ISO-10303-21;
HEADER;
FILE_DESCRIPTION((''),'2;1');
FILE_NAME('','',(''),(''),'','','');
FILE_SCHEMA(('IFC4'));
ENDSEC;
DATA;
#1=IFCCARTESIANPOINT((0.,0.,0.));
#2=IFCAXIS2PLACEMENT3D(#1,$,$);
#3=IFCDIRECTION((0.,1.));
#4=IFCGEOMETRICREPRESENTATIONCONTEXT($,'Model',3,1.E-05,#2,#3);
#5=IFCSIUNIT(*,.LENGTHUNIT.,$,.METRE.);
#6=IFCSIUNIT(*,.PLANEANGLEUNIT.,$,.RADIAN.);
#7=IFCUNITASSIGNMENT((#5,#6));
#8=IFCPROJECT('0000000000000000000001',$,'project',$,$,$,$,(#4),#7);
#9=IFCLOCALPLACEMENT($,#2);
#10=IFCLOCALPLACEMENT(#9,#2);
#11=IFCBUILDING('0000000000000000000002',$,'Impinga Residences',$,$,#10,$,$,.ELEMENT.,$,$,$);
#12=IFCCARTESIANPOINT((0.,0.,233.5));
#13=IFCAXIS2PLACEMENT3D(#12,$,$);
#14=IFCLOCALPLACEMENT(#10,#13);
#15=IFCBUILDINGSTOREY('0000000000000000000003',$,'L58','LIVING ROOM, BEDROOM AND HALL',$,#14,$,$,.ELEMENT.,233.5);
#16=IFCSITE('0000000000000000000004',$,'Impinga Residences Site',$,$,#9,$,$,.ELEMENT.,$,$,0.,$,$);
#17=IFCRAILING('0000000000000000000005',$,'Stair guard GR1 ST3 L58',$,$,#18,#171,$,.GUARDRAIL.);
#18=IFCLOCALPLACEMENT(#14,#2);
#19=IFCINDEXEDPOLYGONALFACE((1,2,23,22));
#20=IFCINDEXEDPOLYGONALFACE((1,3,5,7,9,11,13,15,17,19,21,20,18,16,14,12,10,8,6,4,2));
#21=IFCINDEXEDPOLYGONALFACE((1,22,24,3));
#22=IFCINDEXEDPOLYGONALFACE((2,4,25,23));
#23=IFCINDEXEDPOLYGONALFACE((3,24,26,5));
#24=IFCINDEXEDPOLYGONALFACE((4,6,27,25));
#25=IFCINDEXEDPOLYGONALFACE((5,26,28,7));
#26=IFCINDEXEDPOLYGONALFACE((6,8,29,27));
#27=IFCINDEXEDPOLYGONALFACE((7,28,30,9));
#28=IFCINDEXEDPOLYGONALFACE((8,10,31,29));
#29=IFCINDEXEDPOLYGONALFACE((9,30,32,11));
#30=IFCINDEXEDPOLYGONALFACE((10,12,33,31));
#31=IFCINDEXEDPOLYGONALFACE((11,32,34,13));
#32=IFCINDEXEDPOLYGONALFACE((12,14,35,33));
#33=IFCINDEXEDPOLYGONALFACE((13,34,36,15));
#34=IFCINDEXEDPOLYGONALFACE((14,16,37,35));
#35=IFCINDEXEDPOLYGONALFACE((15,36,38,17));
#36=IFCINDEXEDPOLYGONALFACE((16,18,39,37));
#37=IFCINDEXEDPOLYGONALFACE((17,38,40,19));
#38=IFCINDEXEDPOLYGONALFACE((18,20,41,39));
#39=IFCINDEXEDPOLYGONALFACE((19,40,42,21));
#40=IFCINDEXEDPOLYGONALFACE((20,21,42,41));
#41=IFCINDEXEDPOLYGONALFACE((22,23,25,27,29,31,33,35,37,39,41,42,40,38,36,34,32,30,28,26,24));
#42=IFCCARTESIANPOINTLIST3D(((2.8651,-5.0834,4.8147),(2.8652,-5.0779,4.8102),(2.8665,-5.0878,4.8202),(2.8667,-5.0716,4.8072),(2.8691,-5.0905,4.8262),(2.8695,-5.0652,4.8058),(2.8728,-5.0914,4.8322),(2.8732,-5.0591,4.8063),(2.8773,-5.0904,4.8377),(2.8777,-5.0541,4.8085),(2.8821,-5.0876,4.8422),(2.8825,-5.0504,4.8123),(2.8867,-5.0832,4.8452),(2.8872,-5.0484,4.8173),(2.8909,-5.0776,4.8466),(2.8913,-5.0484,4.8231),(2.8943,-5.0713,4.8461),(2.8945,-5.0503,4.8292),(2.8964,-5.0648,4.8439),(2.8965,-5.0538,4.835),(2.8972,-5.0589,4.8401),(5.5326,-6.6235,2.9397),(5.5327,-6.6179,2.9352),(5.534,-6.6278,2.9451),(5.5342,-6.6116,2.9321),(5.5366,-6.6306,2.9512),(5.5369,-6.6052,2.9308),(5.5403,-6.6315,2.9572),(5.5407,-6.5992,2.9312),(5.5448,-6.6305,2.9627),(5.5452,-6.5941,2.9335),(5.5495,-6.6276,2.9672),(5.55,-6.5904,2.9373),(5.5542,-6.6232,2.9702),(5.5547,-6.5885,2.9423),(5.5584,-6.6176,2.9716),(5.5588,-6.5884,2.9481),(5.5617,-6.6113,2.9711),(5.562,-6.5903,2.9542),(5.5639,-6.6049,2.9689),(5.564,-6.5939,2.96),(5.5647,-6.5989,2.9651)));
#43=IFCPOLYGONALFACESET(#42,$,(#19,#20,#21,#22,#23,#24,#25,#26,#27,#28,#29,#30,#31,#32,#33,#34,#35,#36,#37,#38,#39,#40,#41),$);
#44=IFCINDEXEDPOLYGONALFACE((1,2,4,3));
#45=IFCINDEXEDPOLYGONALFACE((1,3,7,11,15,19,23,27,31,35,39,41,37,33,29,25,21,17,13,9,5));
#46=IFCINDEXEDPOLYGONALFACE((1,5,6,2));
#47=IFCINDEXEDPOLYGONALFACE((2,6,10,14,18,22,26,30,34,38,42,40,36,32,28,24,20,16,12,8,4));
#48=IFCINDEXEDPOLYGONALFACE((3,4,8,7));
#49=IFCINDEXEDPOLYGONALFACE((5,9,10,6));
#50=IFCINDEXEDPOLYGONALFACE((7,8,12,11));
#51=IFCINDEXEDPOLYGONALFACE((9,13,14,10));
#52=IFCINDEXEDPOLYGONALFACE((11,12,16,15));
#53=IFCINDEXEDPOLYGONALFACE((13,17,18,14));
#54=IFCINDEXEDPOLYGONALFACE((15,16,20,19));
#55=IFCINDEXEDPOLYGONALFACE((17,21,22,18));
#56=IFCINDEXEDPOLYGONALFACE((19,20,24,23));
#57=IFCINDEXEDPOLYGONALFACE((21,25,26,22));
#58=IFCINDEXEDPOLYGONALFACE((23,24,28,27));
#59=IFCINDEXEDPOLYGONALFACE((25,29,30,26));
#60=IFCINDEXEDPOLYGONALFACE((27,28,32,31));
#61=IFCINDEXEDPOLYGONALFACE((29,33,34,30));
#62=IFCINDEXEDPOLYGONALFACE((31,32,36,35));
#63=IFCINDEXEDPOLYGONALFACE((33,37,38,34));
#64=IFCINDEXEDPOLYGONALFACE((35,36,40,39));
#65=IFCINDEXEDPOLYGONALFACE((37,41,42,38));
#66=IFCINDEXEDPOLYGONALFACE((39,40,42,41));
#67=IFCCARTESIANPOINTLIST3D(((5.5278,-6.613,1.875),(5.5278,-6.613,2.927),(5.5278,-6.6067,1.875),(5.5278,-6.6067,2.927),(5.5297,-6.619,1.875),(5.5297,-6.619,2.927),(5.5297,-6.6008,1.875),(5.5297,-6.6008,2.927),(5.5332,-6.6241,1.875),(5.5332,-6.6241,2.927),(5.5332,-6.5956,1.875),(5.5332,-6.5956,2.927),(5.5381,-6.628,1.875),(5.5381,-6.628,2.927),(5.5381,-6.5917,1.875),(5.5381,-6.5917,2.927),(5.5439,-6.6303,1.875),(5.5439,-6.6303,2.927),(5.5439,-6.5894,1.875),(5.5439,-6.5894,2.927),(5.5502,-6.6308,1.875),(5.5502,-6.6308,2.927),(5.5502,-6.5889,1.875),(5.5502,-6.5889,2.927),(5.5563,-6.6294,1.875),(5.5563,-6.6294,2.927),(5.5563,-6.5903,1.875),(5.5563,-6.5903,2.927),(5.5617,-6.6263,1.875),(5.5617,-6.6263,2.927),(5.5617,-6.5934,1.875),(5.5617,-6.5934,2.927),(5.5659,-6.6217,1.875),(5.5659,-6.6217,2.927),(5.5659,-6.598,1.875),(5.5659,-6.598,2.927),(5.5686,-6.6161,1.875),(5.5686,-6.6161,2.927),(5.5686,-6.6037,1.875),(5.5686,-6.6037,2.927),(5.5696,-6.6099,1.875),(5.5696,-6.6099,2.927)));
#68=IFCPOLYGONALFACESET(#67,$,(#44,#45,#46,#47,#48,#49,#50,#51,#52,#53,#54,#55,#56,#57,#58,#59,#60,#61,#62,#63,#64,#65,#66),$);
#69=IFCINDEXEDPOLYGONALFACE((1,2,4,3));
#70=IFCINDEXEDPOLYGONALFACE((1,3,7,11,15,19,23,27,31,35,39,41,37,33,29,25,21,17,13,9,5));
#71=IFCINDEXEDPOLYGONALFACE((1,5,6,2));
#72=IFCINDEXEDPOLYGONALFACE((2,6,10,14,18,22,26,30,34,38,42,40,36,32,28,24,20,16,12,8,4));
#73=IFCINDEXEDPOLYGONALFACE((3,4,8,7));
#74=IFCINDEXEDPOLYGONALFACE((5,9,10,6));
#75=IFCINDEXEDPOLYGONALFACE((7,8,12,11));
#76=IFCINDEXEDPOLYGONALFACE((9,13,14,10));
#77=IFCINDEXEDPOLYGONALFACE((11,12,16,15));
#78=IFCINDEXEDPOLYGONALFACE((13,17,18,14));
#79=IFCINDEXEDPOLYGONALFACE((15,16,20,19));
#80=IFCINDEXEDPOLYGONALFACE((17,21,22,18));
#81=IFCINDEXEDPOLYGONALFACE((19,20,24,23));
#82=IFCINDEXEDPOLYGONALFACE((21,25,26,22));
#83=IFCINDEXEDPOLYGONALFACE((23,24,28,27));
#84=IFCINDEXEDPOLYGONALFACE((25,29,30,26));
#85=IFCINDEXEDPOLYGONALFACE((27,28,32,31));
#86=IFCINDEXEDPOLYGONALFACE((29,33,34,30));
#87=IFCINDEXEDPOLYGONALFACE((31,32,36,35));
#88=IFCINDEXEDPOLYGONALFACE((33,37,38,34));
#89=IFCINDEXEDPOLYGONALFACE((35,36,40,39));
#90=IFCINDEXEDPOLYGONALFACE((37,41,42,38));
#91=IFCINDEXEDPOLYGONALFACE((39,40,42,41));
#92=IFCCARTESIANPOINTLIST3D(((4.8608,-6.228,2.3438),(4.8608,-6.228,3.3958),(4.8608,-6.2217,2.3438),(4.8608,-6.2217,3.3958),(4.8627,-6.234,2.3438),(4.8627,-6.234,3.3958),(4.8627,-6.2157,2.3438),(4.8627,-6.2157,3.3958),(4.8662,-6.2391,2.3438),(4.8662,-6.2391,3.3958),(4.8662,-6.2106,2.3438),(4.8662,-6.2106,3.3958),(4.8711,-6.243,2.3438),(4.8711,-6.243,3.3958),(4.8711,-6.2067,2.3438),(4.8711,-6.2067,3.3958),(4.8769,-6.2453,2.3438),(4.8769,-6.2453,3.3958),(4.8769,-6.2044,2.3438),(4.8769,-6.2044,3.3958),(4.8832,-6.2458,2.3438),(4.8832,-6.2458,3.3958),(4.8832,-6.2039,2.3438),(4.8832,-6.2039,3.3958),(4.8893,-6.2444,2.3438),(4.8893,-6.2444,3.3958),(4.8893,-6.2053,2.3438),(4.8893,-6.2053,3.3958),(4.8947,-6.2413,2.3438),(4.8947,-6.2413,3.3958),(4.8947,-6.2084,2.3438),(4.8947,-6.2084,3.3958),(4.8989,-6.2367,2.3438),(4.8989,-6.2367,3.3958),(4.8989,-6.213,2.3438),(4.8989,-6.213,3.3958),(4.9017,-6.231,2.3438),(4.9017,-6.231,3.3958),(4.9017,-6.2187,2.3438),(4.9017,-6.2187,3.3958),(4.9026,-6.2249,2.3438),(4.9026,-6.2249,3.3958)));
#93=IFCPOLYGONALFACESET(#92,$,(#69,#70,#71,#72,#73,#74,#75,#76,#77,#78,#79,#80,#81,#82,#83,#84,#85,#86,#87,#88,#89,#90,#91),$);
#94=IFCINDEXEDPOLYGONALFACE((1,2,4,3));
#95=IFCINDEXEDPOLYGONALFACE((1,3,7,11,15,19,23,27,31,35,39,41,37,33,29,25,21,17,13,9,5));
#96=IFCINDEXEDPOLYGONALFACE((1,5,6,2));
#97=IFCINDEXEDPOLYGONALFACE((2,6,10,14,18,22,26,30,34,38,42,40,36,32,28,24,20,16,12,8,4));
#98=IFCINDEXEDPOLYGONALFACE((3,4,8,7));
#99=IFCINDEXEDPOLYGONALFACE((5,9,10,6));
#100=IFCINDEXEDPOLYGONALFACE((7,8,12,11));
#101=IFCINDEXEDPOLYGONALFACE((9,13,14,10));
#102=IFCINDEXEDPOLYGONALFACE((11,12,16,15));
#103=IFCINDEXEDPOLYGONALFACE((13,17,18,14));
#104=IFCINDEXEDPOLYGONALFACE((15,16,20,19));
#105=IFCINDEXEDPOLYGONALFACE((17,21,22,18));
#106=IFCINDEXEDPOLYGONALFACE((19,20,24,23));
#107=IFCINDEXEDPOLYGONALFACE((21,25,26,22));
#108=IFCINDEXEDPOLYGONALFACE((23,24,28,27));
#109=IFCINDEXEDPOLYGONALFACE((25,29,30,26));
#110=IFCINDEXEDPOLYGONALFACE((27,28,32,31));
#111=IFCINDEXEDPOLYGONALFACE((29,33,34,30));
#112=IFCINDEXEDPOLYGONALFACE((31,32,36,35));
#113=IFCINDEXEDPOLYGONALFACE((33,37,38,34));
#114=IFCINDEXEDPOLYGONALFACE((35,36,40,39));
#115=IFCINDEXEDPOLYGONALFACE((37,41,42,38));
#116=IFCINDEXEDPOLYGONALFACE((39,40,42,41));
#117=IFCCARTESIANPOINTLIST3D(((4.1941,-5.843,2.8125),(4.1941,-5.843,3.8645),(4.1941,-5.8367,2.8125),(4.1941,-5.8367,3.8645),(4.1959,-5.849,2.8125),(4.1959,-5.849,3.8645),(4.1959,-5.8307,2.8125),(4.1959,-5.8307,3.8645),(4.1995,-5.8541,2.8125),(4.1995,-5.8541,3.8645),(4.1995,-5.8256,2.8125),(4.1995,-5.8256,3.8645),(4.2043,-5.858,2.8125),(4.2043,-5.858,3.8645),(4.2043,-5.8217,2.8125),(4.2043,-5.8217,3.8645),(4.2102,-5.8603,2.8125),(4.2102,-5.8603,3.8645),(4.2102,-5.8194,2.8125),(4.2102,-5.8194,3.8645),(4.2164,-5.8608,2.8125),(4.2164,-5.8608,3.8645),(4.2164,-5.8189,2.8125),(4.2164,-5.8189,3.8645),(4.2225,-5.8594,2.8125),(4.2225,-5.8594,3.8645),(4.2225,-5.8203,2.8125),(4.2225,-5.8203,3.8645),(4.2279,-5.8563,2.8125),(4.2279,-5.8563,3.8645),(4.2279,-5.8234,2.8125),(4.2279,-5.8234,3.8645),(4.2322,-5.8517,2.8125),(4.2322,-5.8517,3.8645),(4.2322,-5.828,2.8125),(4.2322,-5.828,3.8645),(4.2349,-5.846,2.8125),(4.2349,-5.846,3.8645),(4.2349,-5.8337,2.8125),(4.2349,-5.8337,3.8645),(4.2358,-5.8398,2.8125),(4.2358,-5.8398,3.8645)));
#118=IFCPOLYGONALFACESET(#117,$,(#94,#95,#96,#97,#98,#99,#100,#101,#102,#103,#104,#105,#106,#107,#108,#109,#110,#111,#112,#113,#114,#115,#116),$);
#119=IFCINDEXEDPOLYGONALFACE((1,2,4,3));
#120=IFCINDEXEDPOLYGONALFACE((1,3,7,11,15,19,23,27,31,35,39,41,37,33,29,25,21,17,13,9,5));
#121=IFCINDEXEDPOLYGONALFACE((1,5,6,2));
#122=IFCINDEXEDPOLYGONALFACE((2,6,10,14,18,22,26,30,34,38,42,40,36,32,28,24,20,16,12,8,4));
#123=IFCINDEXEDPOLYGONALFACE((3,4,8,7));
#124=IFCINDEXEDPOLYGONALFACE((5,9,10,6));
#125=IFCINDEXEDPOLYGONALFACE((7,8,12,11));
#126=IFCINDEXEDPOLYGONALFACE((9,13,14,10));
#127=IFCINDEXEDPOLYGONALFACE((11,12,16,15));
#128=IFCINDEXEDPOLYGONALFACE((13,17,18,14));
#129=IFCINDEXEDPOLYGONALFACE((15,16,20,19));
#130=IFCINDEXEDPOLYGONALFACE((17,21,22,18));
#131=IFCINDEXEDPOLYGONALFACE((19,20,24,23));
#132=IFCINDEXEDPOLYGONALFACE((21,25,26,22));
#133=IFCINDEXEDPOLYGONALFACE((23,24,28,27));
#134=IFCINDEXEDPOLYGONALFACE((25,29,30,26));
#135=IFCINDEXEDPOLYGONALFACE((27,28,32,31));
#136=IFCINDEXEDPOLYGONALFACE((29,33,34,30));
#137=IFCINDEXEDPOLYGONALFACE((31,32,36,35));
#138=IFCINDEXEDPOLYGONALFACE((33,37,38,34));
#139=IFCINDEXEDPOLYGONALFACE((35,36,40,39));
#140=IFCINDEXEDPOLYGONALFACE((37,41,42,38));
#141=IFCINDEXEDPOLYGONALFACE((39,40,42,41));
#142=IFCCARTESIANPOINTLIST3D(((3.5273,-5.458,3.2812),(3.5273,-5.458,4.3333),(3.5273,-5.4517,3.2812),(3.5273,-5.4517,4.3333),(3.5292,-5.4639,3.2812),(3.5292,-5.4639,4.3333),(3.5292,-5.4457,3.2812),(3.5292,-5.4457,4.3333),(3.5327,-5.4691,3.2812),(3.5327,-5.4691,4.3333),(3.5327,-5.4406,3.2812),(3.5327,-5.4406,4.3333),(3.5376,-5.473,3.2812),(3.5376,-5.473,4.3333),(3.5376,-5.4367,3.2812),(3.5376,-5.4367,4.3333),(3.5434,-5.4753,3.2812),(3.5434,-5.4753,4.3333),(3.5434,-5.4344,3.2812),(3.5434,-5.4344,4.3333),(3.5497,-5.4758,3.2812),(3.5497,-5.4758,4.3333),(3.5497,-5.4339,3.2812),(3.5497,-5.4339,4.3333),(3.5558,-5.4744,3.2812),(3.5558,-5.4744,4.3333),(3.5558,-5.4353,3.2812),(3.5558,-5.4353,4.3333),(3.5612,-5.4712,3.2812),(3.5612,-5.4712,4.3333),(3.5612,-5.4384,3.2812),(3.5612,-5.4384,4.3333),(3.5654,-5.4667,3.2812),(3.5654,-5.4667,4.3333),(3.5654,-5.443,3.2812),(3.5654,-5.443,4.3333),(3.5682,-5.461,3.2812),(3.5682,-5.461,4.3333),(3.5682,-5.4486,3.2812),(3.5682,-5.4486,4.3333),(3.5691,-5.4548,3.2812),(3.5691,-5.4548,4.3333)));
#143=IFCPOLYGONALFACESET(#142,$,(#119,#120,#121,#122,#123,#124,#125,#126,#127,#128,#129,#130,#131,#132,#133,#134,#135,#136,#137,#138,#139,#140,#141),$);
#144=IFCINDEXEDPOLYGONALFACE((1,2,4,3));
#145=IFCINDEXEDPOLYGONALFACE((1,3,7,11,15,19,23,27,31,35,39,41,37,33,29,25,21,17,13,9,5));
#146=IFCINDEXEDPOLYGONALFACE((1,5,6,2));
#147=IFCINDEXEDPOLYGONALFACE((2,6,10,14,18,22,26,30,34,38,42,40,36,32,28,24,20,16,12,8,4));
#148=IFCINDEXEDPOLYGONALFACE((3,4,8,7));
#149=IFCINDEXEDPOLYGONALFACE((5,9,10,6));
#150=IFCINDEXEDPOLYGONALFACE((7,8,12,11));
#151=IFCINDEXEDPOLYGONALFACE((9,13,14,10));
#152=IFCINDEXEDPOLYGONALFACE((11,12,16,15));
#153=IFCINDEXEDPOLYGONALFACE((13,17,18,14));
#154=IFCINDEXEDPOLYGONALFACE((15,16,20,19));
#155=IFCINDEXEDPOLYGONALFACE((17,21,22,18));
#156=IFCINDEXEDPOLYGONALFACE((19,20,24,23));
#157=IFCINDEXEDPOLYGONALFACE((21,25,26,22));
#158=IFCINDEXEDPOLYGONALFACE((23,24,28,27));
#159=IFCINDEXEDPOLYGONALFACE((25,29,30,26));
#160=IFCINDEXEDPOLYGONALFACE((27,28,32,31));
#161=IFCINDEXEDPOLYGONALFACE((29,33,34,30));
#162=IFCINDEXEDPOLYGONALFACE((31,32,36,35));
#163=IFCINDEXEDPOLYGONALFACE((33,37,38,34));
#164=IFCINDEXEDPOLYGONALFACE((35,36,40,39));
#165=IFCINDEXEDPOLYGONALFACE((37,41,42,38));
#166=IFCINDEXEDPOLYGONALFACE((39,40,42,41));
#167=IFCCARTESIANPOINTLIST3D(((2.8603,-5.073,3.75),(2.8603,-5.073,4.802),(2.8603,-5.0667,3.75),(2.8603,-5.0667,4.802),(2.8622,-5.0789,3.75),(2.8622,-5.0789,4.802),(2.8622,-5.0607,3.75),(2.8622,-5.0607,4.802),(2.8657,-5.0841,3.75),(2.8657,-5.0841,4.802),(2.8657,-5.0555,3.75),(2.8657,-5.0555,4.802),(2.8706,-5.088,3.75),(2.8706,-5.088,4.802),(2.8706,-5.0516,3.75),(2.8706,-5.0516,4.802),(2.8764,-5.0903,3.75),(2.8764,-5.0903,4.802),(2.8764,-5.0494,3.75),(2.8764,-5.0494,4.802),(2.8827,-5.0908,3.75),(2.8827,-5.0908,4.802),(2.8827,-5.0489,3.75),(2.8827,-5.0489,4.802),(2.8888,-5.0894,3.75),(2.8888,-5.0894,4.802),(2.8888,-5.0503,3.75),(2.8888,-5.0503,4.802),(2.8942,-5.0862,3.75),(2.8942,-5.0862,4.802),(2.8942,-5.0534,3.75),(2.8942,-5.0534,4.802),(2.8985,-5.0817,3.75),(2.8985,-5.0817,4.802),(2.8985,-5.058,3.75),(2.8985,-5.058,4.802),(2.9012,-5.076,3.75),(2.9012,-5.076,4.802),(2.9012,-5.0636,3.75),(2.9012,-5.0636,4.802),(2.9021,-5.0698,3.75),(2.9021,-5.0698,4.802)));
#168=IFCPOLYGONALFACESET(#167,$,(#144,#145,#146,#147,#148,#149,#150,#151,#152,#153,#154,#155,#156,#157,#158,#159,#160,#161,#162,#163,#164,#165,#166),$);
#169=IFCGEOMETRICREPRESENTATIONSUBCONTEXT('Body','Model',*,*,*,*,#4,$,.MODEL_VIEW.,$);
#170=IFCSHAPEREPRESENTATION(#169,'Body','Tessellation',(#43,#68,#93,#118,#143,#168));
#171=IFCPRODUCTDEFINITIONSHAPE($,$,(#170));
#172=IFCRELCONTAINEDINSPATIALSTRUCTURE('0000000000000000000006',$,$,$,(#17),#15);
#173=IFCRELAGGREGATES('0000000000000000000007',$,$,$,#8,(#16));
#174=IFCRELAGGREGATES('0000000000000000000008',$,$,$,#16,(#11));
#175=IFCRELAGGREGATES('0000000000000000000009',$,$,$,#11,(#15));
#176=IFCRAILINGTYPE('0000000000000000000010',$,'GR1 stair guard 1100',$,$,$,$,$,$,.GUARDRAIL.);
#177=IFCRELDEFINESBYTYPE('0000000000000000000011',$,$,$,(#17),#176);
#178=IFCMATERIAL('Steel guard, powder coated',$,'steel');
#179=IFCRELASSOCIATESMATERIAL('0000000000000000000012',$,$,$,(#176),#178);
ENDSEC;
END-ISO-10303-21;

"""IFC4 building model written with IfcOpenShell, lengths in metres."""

from ifc_helpers import new_model, si_unit, direction, frame, origin, origin_2d, place, context, subcontext, project, spatial, circle, extrude, material, type_object, element, save


model = new_model("IFC4")

# Units and contexts
model_context = context("Model", 3, precision=1e-05, world=origin(), true_north=direction((0.0, 1.0)))
body_context = subcontext(model_context, "Body", "Model", "MODEL_VIEW")
ifc_project = project(units=[si_unit("LENGTHUNIT", "METRE"), si_unit("PLANEANGLEUNIT", "RADIAN")], contexts=[model_context])

# Site, building, storey
site_placement = place(None, origin())
site = spatial("IfcSite", under=ifc_project, at=site_placement, Name="Impinga Residences Site", CompositionType="ELEMENT", RefElevation=0.0)
building_placement = place(site_placement, origin())
building = spatial("IfcBuilding", under=site, at=building_placement, Name="Impinga Residences", CompositionType="ELEMENT")
storey_placement = place(building_placement, frame((0.0, 0.0, 233.5)))
storey = spatial("IfcBuildingStorey", under=building, at=storey_placement, Name="L58", Description="LIVING ROOM, BEDROOM AND HALL", CompositionType="ELEMENT", Elevation=233.5)

# Railing
ifc_material_1 = material(Name="Steel guard, powder coated", Category="steel")
railing_type_1 = type_object("IfcRailingType", Name="GR1 stair guard 1100", PredefinedType="GUARDRAIL", material=ifc_material_1)
railing_1_placement = place(storey_placement, frame((5.5486, -6.6099, 1.875)))
element("IfcRailing", 1, at=railing_1_placement, inside=storey, type_object=railing_type_1, Name="Stair guard GR1 ST3 L58", PredefinedType="GUARDRAIL", context=body_context, shape_type="SweptSolid", body=[
    extrude(circle(Radius=0.0239, at=origin_2d()), frame((0.0, 0.0, 1.0762), z_axis=(-0.739746, 0.427084, 0.519975), x_axis=(-0.499992, -0.86603, 0.0)), (0.0, 0.0, 1.0), 3.606),
    extrude(circle(Radius=0.021, at=origin_2d()), origin(), (0.0, 0.0, 1.0), 1.052),
    extrude(circle(Radius=0.021, at=origin_2d()), frame((-0.667, 0.385, 0.4688)), (0.0, 0.0, 1.0), 1.052),
    extrude(circle(Radius=0.021, at=origin_2d()), frame((-1.3337, 0.77, 0.9375)), (0.0, 0.0, 1.0), 1.052),
    extrude(circle(Radius=0.021, at=origin_2d()), frame((-2.0005, 1.155, 1.4062)), (0.0, 0.0, 1.0), 1.052),
    extrude(circle(Radius=0.021, at=origin_2d()), frame((-2.6675, 1.54, 1.875)), (0.0, 0.0, 1.0), 1.052),
])

save(model, "model.ifc")
